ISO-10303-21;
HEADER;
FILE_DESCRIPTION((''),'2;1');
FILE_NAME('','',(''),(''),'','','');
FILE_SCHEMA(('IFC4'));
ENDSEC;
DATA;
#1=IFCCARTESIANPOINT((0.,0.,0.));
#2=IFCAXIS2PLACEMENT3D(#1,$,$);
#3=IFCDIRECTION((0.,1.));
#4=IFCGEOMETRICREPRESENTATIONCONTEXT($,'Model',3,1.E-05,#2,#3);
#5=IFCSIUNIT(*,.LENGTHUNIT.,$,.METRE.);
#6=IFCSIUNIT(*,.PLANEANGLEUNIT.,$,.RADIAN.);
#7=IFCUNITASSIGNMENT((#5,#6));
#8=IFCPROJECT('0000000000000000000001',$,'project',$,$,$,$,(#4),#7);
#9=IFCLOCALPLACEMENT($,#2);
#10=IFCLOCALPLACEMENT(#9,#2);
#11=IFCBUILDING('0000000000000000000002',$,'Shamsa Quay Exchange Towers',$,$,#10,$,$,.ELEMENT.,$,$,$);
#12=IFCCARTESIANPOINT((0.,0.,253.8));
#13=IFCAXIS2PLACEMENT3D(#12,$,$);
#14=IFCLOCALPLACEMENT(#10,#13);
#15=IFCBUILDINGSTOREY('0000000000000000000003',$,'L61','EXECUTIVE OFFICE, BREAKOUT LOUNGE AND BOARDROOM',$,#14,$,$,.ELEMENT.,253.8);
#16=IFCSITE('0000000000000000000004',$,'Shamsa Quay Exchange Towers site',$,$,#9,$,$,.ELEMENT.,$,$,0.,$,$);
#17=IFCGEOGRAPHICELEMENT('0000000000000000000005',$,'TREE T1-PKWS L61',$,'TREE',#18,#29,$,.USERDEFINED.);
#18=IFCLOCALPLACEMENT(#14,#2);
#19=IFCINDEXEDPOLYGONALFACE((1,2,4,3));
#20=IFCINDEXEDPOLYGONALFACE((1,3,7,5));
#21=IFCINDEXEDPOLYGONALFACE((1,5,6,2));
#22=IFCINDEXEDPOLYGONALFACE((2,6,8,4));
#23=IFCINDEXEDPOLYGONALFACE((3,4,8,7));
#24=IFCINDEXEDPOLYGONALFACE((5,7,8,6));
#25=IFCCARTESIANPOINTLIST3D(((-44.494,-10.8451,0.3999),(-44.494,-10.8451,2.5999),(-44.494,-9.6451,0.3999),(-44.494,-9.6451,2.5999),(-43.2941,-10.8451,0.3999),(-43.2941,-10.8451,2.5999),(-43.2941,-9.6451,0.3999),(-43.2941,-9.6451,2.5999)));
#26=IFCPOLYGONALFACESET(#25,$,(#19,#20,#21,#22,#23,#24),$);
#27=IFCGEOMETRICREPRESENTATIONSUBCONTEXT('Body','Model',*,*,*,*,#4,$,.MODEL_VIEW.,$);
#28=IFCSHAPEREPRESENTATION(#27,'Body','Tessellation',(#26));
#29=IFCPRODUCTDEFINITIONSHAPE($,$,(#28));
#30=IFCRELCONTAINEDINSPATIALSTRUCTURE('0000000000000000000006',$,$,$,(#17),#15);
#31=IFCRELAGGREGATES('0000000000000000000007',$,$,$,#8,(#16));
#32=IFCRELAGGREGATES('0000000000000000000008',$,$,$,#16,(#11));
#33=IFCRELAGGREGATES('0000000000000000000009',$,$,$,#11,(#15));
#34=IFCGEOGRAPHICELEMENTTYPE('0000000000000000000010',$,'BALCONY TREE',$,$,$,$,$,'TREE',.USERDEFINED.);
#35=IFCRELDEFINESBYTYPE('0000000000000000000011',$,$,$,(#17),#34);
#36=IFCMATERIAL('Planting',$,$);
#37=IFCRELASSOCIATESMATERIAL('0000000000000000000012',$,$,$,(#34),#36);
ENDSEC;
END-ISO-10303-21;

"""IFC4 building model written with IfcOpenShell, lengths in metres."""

from ifc_helpers import new_model, si_unit, direction, frame, origin, origin_2d, place, context, subcontext, project, spatial, rectangle, extrude, material, type_object, element, save


model = new_model("IFC4")

# Units and contexts
model_context = context("Model", 3, precision=1e-05, world=origin(), true_north=direction((0.0, 1.0)))
body_context = subcontext(model_context, "Body", "Model", "MODEL_VIEW")
ifc_project = project(units=[si_unit("LENGTHUNIT", "METRE"), si_unit("PLANEANGLEUNIT", "RADIAN")], contexts=[model_context])

# Site, building, storey
site_placement = place(None, origin())
site = spatial("IfcSite", under=ifc_project, at=site_placement, Name="Shamsa Quay Exchange Towers site", CompositionType="ELEMENT", RefElevation=0.0)
building_placement = place(site_placement, origin())
building = spatial("IfcBuilding", under=site, at=building_placement, Name="Shamsa Quay Exchange Towers", CompositionType="ELEMENT")
storey_placement = place(building_placement, frame((0.0, 0.0, 253.8)))
storey = spatial("IfcBuildingStorey", under=building, at=storey_placement, Name="L61", Description="EXECUTIVE OFFICE, BREAKOUT LOUNGE AND BOARDROOM", CompositionType="ELEMENT", Elevation=253.8)

# Geographic element
ifc_material_1 = material(Name="Planting")
geographic_element_type = type_object("IfcGeographicElementType", Name="BALCONY TREE", ElementType="TREE", PredefinedType="USERDEFINED", material=ifc_material_1)
geographic_element_placement = place(storey_placement, frame((-43.894, -10.2451, 0.3999)))
element("IfcGeographicElement", 1, at=geographic_element_placement, inside=storey, type_object=geographic_element_type, Name="TREE T1-PKWS L61", ObjectType="TREE", PredefinedType="USERDEFINED", context=body_context, shape_type="SweptSolid", body=[
    extrude(rectangle(XDim=1.2, YDim=1.2, at=origin_2d()), origin(), (0.0, 0.0, 1.0), 2.2),
])

save(model, "model.ifc")
